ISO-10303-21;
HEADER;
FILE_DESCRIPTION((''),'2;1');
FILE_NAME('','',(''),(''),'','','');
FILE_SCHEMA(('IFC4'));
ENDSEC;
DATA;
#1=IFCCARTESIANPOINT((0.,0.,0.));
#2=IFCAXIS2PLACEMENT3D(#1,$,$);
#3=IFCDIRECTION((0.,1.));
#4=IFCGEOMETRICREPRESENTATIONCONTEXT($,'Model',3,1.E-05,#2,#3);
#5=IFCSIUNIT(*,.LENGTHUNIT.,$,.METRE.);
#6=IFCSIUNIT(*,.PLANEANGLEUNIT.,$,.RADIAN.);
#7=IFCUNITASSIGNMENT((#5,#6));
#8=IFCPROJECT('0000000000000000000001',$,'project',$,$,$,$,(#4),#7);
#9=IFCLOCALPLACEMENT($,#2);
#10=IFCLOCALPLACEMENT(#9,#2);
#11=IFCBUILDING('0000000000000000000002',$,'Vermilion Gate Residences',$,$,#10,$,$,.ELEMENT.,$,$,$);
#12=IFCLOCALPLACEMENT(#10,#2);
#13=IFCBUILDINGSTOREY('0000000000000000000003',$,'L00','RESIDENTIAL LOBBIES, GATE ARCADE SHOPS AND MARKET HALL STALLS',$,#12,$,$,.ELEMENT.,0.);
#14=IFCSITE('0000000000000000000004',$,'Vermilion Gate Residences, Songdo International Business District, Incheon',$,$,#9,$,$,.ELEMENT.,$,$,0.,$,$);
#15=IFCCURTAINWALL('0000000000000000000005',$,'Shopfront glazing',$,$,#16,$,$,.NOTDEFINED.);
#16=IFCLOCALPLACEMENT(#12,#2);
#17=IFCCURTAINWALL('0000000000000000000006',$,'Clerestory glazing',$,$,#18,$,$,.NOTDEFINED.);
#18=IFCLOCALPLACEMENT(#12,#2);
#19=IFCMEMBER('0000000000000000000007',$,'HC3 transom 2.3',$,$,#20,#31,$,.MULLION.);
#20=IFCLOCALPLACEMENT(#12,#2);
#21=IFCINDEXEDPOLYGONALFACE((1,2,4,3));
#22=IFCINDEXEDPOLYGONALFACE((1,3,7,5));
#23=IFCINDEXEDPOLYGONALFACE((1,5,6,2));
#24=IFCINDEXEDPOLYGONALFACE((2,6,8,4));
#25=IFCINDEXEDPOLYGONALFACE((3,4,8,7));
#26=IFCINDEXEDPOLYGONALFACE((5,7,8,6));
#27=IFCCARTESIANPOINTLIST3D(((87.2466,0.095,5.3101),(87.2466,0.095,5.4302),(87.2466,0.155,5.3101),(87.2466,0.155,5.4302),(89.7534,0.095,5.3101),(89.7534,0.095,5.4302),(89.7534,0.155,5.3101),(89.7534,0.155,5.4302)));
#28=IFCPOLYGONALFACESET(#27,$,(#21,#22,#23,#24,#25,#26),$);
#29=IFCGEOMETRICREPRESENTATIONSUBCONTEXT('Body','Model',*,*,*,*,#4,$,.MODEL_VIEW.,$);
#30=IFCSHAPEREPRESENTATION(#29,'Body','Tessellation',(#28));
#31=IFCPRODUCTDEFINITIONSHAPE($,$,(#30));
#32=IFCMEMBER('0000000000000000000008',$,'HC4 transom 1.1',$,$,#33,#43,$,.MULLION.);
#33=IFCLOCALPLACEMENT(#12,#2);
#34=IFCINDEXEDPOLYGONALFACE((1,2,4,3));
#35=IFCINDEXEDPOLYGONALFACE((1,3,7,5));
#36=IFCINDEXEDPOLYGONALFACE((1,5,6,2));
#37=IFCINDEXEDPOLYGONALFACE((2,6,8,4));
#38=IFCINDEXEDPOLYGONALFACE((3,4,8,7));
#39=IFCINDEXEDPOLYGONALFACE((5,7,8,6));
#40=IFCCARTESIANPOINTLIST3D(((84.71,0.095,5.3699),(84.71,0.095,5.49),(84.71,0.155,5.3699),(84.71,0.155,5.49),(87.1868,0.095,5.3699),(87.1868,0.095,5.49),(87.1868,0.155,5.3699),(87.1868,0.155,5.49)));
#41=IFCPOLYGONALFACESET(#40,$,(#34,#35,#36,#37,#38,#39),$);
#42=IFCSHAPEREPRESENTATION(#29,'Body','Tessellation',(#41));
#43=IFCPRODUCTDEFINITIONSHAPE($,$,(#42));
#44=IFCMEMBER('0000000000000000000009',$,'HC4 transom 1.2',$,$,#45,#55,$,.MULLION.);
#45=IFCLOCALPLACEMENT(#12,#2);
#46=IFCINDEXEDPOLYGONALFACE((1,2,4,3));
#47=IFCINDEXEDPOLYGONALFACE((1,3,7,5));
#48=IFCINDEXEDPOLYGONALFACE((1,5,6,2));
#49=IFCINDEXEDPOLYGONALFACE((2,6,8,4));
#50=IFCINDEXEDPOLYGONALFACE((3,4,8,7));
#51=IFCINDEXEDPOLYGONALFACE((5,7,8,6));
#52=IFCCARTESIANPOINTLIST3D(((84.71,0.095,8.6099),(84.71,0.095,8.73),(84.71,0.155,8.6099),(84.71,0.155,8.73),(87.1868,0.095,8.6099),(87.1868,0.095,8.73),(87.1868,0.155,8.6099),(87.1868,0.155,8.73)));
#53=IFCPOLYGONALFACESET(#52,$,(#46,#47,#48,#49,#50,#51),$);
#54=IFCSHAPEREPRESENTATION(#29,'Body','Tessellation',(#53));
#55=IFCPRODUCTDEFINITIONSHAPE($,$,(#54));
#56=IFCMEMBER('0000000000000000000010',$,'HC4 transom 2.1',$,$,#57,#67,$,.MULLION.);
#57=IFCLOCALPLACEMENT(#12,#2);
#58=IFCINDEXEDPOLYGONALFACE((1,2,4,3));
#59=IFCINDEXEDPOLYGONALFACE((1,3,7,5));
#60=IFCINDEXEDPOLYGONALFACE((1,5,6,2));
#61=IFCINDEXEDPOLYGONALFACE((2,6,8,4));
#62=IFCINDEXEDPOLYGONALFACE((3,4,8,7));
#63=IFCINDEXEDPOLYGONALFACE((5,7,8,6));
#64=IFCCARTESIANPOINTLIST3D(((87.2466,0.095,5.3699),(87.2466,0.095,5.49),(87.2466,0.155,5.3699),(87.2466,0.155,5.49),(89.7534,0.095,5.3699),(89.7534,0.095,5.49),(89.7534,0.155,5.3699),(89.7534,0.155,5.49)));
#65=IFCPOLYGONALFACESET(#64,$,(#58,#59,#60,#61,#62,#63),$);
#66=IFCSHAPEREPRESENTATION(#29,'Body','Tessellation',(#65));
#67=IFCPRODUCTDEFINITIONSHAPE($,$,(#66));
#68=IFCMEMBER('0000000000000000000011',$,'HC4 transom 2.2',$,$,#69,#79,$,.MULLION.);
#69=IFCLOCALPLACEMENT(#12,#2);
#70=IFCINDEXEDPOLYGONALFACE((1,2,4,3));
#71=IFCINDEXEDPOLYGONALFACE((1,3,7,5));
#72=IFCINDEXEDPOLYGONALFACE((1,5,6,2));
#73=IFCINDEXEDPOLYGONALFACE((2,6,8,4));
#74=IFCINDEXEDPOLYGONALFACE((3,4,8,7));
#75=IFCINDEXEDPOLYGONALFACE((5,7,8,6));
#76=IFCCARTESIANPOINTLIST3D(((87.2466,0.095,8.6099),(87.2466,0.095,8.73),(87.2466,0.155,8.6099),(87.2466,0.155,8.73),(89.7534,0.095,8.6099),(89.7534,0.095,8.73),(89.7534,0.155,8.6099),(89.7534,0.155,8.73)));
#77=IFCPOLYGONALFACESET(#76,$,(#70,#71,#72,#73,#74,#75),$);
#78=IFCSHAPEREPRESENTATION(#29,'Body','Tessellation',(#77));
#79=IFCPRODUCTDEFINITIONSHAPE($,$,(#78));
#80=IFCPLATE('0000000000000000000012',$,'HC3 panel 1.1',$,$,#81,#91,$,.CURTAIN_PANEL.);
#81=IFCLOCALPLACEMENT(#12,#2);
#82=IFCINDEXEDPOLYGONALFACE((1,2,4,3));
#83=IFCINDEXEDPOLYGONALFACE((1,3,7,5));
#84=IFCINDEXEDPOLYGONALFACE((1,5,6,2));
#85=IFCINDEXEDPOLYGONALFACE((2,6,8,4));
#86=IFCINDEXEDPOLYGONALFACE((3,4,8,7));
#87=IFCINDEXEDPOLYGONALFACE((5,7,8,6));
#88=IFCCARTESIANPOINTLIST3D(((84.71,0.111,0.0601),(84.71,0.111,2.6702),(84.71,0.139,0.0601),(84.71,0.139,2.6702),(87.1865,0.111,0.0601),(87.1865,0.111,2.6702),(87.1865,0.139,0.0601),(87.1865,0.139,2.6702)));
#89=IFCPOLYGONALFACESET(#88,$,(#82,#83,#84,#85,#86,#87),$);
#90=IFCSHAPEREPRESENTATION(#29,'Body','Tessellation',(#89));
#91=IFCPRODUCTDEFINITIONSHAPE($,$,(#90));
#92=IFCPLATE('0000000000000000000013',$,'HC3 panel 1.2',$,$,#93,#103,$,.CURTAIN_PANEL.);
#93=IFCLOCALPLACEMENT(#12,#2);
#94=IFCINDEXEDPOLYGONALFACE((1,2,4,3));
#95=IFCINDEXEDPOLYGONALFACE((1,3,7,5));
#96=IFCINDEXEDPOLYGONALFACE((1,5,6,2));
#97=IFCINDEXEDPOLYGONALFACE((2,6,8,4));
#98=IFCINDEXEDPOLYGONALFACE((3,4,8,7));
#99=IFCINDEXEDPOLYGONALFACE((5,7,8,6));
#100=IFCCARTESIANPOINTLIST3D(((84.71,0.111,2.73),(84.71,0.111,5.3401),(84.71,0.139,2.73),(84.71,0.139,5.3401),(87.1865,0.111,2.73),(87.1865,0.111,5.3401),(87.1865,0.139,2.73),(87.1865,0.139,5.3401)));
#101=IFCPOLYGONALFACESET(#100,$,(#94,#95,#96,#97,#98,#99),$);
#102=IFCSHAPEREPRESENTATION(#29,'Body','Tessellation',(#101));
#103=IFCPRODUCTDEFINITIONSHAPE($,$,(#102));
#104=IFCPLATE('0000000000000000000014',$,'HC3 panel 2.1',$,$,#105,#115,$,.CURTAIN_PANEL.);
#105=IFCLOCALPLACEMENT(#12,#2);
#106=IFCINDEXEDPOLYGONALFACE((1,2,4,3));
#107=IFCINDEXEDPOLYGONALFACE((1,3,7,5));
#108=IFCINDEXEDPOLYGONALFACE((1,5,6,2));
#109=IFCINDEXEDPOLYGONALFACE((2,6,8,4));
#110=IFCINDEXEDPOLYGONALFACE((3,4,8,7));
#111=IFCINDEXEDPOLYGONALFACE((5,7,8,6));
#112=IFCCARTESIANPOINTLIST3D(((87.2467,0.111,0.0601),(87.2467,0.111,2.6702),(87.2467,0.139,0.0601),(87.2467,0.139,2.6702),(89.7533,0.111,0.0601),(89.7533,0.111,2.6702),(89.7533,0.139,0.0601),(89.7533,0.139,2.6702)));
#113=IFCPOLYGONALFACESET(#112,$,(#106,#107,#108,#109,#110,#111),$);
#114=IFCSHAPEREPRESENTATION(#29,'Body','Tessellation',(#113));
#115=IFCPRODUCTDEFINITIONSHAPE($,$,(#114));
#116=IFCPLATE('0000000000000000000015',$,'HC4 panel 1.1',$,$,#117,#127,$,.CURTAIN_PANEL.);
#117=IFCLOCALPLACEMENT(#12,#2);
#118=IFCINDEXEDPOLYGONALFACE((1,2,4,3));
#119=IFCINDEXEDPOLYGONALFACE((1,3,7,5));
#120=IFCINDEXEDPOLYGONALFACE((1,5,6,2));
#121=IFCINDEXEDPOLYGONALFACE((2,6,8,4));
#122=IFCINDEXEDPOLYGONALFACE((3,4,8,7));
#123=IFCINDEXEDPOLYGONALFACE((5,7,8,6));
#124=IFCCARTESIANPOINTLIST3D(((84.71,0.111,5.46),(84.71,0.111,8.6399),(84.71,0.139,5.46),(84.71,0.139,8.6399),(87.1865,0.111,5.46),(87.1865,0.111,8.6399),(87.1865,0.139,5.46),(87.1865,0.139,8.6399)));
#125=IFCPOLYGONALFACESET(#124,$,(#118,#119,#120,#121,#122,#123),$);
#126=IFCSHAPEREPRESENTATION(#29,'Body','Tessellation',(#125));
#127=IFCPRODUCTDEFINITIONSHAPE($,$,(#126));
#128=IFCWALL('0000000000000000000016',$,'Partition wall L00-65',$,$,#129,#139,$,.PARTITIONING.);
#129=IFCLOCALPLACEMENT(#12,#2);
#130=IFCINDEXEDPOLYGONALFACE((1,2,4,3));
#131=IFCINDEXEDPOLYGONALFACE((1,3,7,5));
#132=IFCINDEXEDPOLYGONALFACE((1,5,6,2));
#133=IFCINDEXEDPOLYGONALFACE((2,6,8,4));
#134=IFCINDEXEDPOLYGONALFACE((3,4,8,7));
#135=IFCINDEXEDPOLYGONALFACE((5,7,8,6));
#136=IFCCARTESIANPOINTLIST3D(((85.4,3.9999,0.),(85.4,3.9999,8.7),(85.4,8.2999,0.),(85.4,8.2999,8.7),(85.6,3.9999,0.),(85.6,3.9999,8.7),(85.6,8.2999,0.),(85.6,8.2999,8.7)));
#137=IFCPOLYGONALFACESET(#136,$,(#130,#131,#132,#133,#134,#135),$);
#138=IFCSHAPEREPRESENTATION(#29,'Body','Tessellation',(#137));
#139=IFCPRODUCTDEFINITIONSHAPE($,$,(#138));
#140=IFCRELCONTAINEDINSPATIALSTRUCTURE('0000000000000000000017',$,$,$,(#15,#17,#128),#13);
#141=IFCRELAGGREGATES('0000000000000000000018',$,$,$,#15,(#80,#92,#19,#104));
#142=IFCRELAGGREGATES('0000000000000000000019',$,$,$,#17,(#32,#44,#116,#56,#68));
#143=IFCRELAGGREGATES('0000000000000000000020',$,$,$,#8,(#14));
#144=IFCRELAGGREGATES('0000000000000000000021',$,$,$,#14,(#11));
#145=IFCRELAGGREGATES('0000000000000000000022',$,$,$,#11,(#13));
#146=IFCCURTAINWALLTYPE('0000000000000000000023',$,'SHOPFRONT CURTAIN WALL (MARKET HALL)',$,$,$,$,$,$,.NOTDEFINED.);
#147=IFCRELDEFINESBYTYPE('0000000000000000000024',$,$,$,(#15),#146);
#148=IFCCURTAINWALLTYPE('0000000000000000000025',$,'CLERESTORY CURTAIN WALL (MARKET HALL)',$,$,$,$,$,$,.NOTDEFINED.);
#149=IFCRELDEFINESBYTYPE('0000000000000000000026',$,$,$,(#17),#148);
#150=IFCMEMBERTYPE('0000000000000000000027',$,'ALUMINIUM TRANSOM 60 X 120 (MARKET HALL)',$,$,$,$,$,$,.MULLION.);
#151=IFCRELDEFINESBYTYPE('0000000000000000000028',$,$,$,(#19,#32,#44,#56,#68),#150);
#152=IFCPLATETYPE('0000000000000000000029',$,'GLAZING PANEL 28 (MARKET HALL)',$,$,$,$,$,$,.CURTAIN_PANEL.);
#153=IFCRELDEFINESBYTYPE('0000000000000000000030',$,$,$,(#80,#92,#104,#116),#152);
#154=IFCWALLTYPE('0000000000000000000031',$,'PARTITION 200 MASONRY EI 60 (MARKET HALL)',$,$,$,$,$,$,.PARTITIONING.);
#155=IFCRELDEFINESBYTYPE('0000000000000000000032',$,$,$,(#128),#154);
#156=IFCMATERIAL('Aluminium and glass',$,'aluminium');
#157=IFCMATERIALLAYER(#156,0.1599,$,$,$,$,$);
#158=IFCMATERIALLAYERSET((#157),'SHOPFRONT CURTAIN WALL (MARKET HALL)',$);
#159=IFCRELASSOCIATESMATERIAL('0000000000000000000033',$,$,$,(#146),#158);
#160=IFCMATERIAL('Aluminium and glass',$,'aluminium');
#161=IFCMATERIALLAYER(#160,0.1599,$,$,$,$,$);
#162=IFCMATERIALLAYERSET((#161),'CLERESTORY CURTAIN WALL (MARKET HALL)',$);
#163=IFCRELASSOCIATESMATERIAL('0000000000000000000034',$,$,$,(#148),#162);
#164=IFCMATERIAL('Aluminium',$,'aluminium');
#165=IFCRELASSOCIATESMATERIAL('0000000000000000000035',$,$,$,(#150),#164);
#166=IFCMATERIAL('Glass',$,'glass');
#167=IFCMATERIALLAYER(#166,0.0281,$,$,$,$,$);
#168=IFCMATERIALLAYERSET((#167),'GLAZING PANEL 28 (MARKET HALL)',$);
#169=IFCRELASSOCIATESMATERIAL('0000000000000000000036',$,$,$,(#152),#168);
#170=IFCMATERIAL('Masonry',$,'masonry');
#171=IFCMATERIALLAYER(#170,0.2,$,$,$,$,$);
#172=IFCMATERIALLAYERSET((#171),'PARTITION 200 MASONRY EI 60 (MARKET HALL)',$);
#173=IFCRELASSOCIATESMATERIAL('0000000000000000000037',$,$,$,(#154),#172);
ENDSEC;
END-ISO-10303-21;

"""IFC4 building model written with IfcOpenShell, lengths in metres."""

from ifc_helpers import new_model, si_unit, direction, frame, frame_2d, origin, origin_2d, place, context, subcontext, project, spatial, rectangle, extrude, material, layer, layer_set, material_profile, profile_set, type_object, element, aggregate, save


model = new_model("IFC4")

# Units and contexts
model_context = context("Model", 3, precision=1e-05, world=origin(), true_north=direction((0.0, 1.0)))
body_context = subcontext(model_context, "Body", "Model", "MODEL_VIEW")
ifc_project = project(units=[si_unit("LENGTHUNIT", "METRE"), si_unit("PLANEANGLEUNIT", "RADIAN")], contexts=[model_context])

# Site, building, storey
site_placement = place(None, origin())
site = spatial("IfcSite", under=ifc_project, at=site_placement, Name="Vermilion Gate Residences, Songdo International Business District, Incheon", CompositionType="ELEMENT", RefElevation=0.0)
building_placement = place(site_placement, origin())
building = spatial("IfcBuilding", under=site, at=building_placement, Name="Vermilion Gate Residences", CompositionType="ELEMENT")
storey_placement = place(building_placement, origin())
storey = spatial("IfcBuildingStorey", under=building, at=storey_placement, Name="L00", Description="RESIDENTIAL LOBBIES, GATE ARCADE SHOPS AND MARKET HALL STALLS", CompositionType="ELEMENT", Elevation=0.0)

# Curtain walls
ifc_material_1 = material(Name="Aluminium and glass", Category="aluminium")
ifc_layer_1 = layer(ifc_material_1, 0.1599)
ifc_layer_set_1 = layer_set([ifc_layer_1], Name="SHOPFRONT CURTAIN WALL (MARKET HALL)")
curtain_wall_type_1 = type_object("IfcCurtainWallType", Name="SHOPFRONT CURTAIN WALL (MARKET HALL)", PredefinedType="NOTDEFINED", material=ifc_layer_set_1)
curtain_wall_1_placement = place(storey_placement, origin())
curtain_wall_1 = element("IfcCurtainWall", 1, at=curtain_wall_1_placement, inside=storey, type_object=curtain_wall_type_1, Name="Shopfront glazing", PredefinedType="NOTDEFINED")
ifc_material_2 = material(Name="Aluminium and glass", Category="aluminium")
ifc_layer_2 = layer(ifc_material_2, 0.1599)
ifc_layer_set_2 = layer_set([ifc_layer_2], Name="CLERESTORY CURTAIN WALL (MARKET HALL)")
curtain_wall_type_2 = type_object("IfcCurtainWallType", Name="CLERESTORY CURTAIN WALL (MARKET HALL)", PredefinedType="NOTDEFINED", material=ifc_layer_set_2)
curtain_wall_2_placement = place(storey_placement, origin())
curtain_wall_2 = element("IfcCurtainWall", 2, at=curtain_wall_2_placement, inside=storey, type_object=curtain_wall_type_2, Name="Clerestory glazing", PredefinedType="NOTDEFINED")

# Members
ifc_material_3 = material(Name="Aluminium", Category="aluminium")
ifc_material_profile_1 = material_profile(ifc_material_3, rectangle(XDim=0.0601, YDim=0.1201, at=origin_2d()), Name="ALUMINIUM TRANSOM 60 X 120 (MARKET HALL)")
ifc_profile_set_1 = profile_set([ifc_material_profile_1], Name="Aluminium")
member_type_1 = type_object("IfcMemberType", Name="ALUMINIUM TRANSOM 60 X 120 (MARKET HALL)", PredefinedType="MULLION", material=ifc_profile_set_1)
member_1_placement = place(storey_placement, frame((87.2466, 0.125, 5.3701), z_axis=(1.0, 0.0, 0.0), x_axis=(0.0, 1.0, 0.0)))
member_1 = element("IfcMember", 3, at=member_1_placement, type_object=member_type_1, Name="HC3 transom 2.3", PredefinedType="MULLION", context=body_context, shape_type="SweptSolid", body=[
    extrude(rectangle(XDim=0.0601, YDim=0.1201, at=origin_2d()), origin(), (0.0, 0.0, 1.0), 2.5068),
])
member_2_placement = place(storey_placement, frame((84.71, 0.125, 5.4299), z_axis=(1.0, 0.0, 0.0), x_axis=(0.0, 1.0, 0.0)))
member_2 = element("IfcMember", 4, at=member_2_placement, type_object=member_type_1, Name="HC4 transom 1.1", PredefinedType="MULLION", context=body_context, shape_type="SweptSolid", body=[
    extrude(rectangle(XDim=0.0601, YDim=0.1201, at=origin_2d()), origin(), (0.0, 0.0, 1.0), 2.4768),
])
member_3_placement = place(storey_placement, frame((84.71, 0.125, 8.6699), z_axis=(1.0, 0.0, 0.0), x_axis=(0.0, 1.0, 0.0)))
member_3 = element("IfcMember", 5, at=member_3_placement, type_object=member_type_1, Name="HC4 transom 1.2", PredefinedType="MULLION", context=body_context, shape_type="SweptSolid", body=[
    extrude(rectangle(XDim=0.0601, YDim=0.1201, at=origin_2d()), origin(), (0.0, 0.0, 1.0), 2.4768),
])
member_4_placement = place(storey_placement, frame((87.2466, 0.125, 5.4299), z_axis=(1.0, 0.0, 0.0), x_axis=(0.0, 1.0, 0.0)))
member_4 = element("IfcMember", 6, at=member_4_placement, type_object=member_type_1, Name="HC4 transom 2.1", PredefinedType="MULLION", context=body_context, shape_type="SweptSolid", body=[
    extrude(rectangle(XDim=0.0601, YDim=0.1201, at=origin_2d()), origin(), (0.0, 0.0, 1.0), 2.5068),
])
member_5_placement = place(storey_placement, frame((87.2466, 0.125, 8.6699), z_axis=(1.0, 0.0, 0.0), x_axis=(0.0, 1.0, 0.0)))
member_5 = element("IfcMember", 7, at=member_5_placement, type_object=member_type_1, Name="HC4 transom 2.2", PredefinedType="MULLION", context=body_context, shape_type="SweptSolid", body=[
    extrude(rectangle(XDim=0.0601, YDim=0.1201, at=origin_2d()), origin(), (0.0, 0.0, 1.0), 2.5068),
])

# Plates
ifc_material_4 = material(Name="Glass", Category="glass")
ifc_layer_3 = layer(ifc_material_4, 0.0281)
ifc_layer_set_3 = layer_set([ifc_layer_3], Name="GLAZING PANEL 28 (MARKET HALL)")
plate_type = type_object("IfcPlateType", Name="GLAZING PANEL 28 (MARKET HALL)", PredefinedType="CURTAIN_PANEL", material=ifc_layer_set_3)
plate_1_placement = place(storey_placement, frame((85.9482, 0.125, 0.0601), z_axis=(0.0, 0.0, 1.0), x_axis=(1.0, 0.0, 0.0)))
plate_1 = element("IfcPlate", 8, at=plate_1_placement, type_object=plate_type, Name="HC3 panel 1.1", PredefinedType="CURTAIN_PANEL", context=body_context, shape_type="SweptSolid", body=[
    extrude(rectangle(XDim=2.4766, YDim=0.0281, at=origin_2d()), origin(), (0.0, 0.0, 1.0), 2.6101),
])
plate_2_placement = place(storey_placement, frame((85.9482, 0.125, 2.73), z_axis=(0.0, 0.0, 1.0), x_axis=(1.0, 0.0, 0.0)))
plate_2 = element("IfcPlate", 9, at=plate_2_placement, type_object=plate_type, Name="HC3 panel 1.2", PredefinedType="CURTAIN_PANEL", context=body_context, shape_type="SweptSolid", body=[
    extrude(rectangle(XDim=2.4766, YDim=0.0281, at=origin_2d()), origin(), (0.0, 0.0, 1.0), 2.6101),
])
plate_3_placement = place(storey_placement, frame((88.5, 0.125, 0.0601), z_axis=(0.0, 0.0, 1.0), x_axis=(1.0, 0.0, 0.0)))
plate_3 = element("IfcPlate", 10, at=plate_3_placement, type_object=plate_type, Name="HC3 panel 2.1", PredefinedType="CURTAIN_PANEL", context=body_context, shape_type="SweptSolid", body=[
    extrude(rectangle(XDim=2.5066, YDim=0.0281, at=origin_2d()), origin(), (0.0, 0.0, 1.0), 2.6101),
])
aggregate(curtain_wall_1, [plate_1, plate_2, member_1, plate_3])
plate_4_placement = place(storey_placement, frame((85.9482, 0.125, 5.46), z_axis=(0.0, 0.0, 1.0), x_axis=(1.0, 0.0, 0.0)))
plate_4 = element("IfcPlate", 11, at=plate_4_placement, type_object=plate_type, Name="HC4 panel 1.1", PredefinedType="CURTAIN_PANEL", context=body_context, shape_type="SweptSolid", body=[
    extrude(rectangle(XDim=2.4766, YDim=0.0281, at=origin_2d()), origin(), (0.0, 0.0, 1.0), 3.1799),
])
aggregate(curtain_wall_2, [member_2, member_3, plate_4, member_4, member_5])

# Wall
ifc_material_5 = material(Name="Masonry", Category="masonry")
ifc_layer_4 = layer(ifc_material_5, 0.2)
ifc_layer_set_4 = layer_set([ifc_layer_4], Name="PARTITION 200 MASONRY EI 60 (MARKET HALL)")
wall_type = type_object("IfcWallType", Name="PARTITION 200 MASONRY EI 60 (MARKET HALL)", PredefinedType="PARTITIONING", material=ifc_layer_set_4)
wall_placement = place(storey_placement, frame((85.5, 4.0, 0.0), z_axis=(0.0, 0.0, 1.0), x_axis=(0.0, 1.0, 0.0)))
element("IfcWall", 12, at=wall_placement, inside=storey, type_object=wall_type, Name="Partition wall L00-65", PredefinedType="PARTITIONING", context=body_context, shape_type="SweptSolid", body=[
    extrude(rectangle(XDim=4.3, YDim=0.2, at=frame_2d((2.1499, 0.0))), origin(), (0.0, 0.0, 1.0), 8.7),
])

save(model, "model.ifc")
